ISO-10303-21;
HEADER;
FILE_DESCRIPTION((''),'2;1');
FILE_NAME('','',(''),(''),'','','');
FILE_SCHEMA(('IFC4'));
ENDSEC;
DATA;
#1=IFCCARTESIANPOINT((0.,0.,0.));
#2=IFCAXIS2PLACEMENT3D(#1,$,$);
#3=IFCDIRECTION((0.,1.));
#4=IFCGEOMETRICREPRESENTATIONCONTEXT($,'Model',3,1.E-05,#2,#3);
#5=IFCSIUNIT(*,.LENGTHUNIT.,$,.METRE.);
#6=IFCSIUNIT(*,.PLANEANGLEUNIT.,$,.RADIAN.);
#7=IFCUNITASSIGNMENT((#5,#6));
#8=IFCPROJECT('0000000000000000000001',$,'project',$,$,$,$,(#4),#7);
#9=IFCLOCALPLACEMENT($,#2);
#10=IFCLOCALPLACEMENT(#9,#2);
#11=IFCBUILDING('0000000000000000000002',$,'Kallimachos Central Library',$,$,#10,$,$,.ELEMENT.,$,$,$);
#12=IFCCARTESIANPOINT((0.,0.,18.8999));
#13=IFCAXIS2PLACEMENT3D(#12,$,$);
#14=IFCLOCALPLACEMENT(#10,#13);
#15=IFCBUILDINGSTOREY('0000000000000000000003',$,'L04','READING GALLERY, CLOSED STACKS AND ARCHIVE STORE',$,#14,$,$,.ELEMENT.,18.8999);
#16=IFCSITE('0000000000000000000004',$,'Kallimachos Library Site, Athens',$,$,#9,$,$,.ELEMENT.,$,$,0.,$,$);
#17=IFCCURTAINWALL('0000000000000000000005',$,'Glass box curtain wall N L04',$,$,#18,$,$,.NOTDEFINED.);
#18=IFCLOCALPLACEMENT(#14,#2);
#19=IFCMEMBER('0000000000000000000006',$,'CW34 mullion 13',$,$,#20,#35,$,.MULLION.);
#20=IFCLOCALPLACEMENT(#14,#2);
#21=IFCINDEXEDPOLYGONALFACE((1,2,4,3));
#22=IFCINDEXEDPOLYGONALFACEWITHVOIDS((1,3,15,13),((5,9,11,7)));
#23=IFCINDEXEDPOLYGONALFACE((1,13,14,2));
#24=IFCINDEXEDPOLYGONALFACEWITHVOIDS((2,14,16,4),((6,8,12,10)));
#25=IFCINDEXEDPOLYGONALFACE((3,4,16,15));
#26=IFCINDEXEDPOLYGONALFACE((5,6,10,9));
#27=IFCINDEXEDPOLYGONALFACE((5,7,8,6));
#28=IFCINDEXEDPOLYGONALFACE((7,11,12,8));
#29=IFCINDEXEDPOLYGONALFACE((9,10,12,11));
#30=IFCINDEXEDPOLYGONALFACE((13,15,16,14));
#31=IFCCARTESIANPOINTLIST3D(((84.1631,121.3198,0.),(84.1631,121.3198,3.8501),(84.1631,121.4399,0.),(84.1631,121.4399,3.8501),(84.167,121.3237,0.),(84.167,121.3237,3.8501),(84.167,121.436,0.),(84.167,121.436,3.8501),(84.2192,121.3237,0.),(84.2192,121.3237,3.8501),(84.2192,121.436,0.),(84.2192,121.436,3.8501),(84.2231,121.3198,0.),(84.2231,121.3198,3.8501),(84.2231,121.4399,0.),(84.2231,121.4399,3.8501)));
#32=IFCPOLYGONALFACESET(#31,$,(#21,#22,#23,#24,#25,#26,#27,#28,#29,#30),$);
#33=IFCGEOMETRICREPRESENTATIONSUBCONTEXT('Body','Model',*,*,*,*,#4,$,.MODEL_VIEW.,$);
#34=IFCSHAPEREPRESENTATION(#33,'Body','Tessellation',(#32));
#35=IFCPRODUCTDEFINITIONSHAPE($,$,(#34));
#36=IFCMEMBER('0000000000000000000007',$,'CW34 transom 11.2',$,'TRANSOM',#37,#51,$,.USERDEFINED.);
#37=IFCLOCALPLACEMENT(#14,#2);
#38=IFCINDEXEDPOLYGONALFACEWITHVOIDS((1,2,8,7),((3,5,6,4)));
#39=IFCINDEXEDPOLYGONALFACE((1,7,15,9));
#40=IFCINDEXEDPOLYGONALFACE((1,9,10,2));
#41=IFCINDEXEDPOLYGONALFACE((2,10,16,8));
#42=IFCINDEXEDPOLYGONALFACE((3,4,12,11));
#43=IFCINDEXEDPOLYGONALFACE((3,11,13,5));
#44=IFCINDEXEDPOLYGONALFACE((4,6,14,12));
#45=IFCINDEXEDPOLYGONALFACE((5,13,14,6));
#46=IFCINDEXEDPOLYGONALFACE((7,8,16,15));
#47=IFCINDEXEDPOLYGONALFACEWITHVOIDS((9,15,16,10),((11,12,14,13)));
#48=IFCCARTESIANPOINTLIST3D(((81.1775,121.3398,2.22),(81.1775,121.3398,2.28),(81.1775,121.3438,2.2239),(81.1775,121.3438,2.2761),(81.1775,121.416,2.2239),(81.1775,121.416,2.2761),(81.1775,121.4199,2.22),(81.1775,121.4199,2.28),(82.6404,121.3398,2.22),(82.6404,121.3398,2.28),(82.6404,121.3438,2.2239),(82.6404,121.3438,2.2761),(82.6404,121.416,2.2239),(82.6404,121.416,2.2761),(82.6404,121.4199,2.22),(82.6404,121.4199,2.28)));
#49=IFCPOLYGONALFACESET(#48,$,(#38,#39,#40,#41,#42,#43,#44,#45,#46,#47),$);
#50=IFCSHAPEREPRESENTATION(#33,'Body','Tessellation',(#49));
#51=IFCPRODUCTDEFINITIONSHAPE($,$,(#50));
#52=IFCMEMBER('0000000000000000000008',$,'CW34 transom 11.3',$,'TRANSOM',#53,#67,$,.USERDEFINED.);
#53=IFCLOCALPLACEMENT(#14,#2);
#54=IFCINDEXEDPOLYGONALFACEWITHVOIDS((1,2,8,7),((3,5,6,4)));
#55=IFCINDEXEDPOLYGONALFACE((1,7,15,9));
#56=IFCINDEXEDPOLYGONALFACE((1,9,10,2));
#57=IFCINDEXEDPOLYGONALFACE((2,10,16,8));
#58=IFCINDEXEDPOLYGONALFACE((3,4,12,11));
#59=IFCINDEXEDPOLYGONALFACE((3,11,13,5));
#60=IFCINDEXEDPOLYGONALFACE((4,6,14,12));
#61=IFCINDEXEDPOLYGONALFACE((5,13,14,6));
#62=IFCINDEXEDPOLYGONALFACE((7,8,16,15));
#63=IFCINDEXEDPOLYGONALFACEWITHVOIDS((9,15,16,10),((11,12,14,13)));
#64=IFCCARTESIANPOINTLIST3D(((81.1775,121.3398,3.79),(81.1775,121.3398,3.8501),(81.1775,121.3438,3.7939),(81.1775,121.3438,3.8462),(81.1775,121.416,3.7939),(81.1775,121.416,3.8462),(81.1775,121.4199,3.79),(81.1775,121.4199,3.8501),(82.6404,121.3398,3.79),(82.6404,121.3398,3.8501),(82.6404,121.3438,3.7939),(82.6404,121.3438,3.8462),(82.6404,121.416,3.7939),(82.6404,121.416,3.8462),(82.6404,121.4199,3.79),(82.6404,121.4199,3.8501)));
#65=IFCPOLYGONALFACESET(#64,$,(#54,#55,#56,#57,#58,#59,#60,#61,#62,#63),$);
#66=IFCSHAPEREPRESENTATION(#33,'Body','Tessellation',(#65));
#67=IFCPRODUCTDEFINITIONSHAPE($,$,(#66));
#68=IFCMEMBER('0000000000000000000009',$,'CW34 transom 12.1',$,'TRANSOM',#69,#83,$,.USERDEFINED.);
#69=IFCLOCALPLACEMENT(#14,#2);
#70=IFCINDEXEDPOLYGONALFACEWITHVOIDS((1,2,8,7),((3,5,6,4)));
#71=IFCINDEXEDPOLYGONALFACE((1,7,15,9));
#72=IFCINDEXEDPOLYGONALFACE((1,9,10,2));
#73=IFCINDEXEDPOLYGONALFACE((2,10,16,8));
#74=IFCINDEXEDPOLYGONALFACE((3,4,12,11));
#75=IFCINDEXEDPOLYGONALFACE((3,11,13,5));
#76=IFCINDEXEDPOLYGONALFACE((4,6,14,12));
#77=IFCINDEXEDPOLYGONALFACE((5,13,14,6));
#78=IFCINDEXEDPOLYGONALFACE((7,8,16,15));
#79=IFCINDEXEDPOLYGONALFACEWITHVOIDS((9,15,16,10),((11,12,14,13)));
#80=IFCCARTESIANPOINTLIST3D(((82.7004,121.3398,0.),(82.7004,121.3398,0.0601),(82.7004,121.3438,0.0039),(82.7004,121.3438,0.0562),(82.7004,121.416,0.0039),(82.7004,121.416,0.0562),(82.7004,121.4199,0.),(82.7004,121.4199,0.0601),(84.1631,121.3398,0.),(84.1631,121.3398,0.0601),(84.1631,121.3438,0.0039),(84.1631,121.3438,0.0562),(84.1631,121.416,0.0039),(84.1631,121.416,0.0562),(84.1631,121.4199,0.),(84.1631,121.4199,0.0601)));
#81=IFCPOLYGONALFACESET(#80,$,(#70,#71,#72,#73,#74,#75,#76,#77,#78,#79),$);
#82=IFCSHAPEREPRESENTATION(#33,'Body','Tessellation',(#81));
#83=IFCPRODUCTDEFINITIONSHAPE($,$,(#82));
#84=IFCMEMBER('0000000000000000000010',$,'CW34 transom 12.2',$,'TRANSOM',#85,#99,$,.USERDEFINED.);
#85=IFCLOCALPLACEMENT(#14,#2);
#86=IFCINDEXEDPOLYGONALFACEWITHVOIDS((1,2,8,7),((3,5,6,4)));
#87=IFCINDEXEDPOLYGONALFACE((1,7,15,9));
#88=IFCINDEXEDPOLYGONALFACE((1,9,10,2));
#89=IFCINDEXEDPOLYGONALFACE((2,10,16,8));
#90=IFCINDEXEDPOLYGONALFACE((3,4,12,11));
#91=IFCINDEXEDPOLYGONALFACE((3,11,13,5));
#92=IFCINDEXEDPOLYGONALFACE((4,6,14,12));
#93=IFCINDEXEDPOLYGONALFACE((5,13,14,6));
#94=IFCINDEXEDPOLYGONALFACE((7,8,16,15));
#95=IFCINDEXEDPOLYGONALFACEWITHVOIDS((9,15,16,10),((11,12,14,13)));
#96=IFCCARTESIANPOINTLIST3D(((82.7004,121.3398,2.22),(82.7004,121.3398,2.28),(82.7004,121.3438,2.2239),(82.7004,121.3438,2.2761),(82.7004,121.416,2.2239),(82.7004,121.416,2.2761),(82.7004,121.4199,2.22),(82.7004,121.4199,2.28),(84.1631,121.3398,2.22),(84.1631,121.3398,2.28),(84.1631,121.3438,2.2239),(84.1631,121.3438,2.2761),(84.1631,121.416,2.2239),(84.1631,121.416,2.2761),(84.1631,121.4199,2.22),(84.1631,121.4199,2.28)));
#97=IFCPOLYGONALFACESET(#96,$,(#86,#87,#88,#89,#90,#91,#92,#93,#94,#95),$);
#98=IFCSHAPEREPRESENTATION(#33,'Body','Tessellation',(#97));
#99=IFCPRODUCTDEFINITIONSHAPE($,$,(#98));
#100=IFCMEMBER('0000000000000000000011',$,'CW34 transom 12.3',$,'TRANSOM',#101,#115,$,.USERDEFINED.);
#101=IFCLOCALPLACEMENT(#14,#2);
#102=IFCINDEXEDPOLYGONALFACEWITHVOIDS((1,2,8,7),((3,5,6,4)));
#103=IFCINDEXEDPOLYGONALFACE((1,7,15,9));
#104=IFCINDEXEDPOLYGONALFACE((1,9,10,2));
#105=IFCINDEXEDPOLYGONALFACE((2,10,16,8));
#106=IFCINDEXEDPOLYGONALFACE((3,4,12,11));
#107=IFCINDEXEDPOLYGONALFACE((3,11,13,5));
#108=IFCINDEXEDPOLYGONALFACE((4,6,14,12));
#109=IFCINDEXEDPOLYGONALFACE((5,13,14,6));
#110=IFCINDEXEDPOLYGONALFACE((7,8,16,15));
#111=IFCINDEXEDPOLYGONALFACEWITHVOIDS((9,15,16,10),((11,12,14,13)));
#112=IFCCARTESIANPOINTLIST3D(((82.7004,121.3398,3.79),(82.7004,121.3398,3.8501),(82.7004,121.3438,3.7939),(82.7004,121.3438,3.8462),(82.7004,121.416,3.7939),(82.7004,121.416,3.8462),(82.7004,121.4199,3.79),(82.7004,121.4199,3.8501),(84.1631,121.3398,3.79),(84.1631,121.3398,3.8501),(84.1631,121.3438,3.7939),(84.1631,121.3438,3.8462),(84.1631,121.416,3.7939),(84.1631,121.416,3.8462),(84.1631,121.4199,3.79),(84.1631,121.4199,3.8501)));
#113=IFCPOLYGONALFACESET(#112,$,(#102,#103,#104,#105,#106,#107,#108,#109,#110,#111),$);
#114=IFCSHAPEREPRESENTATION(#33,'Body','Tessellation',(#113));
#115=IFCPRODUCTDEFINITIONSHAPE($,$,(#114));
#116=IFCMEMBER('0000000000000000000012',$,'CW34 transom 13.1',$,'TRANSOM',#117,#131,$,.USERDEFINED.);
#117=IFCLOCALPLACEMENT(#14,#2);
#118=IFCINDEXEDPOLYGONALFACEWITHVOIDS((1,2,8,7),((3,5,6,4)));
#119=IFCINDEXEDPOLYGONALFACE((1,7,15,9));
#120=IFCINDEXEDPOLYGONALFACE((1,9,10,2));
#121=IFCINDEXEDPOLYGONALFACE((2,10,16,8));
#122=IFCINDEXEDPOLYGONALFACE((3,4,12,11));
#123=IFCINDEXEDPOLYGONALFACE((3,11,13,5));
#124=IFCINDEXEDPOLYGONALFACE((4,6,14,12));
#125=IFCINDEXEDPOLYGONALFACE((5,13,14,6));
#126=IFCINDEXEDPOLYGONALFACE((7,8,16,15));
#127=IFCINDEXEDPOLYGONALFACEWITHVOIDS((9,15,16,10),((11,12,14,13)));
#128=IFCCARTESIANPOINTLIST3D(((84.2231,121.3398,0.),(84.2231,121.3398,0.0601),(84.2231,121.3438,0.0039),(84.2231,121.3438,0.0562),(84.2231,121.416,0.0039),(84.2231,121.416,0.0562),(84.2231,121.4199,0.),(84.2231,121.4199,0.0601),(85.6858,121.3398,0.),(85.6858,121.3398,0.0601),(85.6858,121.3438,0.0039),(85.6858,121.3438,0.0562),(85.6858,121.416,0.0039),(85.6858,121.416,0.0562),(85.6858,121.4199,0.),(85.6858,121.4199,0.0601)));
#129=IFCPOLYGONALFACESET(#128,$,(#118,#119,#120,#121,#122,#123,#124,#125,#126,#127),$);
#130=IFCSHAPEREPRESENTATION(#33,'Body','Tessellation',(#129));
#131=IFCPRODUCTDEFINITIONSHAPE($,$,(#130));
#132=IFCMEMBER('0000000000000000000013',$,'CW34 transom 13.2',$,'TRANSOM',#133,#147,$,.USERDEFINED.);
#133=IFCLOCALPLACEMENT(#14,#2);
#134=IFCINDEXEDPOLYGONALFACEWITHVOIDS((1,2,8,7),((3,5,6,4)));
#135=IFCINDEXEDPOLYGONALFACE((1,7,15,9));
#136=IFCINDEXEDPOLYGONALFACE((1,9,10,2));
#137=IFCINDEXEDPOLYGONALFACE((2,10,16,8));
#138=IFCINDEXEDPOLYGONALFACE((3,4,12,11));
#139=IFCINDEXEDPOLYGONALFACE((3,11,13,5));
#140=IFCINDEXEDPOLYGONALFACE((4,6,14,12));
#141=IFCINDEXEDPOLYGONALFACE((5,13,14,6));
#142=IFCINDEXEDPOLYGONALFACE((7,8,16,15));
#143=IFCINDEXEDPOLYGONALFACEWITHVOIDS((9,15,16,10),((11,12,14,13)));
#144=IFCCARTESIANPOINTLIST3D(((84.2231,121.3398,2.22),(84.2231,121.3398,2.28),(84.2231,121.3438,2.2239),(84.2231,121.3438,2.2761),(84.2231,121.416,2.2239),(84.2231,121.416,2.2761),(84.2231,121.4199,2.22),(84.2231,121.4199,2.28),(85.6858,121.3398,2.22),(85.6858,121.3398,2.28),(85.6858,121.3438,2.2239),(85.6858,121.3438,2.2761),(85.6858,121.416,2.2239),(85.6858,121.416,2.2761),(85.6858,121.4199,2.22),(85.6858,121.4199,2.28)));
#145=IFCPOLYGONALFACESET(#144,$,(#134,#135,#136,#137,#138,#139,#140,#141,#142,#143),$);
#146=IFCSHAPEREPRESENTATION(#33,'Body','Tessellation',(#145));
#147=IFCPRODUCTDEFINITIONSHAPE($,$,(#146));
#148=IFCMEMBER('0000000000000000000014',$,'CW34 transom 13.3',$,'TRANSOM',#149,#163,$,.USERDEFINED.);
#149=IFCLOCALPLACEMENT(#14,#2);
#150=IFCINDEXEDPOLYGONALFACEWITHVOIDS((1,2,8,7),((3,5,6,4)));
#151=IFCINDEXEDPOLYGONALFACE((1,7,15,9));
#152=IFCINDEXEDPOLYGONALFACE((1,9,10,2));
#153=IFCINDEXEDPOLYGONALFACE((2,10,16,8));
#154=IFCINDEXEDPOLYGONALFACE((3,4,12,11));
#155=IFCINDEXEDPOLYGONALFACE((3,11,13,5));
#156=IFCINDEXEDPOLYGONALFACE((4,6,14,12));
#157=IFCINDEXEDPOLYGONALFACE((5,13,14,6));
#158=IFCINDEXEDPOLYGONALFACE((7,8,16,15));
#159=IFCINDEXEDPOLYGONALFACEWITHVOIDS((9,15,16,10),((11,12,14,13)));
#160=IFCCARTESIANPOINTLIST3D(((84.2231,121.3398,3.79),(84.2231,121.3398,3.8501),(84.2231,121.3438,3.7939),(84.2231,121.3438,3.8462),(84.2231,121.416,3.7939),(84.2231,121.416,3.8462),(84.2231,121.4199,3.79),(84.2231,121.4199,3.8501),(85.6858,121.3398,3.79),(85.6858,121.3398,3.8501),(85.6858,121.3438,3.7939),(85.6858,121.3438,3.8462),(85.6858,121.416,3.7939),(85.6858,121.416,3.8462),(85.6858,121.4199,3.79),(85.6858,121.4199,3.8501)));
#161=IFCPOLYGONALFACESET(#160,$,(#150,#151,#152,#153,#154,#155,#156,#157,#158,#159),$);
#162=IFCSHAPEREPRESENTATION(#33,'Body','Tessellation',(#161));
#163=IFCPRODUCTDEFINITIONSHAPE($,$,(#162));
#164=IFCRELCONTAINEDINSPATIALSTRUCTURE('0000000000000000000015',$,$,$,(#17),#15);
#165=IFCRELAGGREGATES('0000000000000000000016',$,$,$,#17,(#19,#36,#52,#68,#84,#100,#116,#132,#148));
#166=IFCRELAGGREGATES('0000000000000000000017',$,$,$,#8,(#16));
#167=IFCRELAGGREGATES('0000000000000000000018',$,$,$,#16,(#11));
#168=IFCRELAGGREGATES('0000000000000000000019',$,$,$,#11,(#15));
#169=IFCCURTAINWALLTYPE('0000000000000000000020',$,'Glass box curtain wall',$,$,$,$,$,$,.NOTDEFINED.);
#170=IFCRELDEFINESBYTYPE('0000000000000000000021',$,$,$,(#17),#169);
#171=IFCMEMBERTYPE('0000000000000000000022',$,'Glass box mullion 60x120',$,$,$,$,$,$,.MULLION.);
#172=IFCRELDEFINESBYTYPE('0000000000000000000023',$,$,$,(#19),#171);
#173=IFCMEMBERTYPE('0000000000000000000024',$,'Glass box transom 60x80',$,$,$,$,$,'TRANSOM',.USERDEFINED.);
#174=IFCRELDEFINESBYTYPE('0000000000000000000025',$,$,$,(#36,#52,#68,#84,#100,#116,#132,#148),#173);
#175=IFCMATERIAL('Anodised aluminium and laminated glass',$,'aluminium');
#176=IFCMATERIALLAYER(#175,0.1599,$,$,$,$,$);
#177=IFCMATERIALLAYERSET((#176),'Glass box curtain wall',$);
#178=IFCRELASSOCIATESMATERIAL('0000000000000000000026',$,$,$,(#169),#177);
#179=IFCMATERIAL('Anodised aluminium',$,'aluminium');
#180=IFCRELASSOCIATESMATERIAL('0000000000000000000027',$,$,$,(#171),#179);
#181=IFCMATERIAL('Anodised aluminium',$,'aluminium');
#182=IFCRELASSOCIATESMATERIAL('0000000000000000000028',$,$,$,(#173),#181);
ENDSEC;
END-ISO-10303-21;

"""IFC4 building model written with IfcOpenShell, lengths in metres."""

from ifc_helpers import new_model, si_unit, direction, frame, origin, origin_2d, place, context, subcontext, project, spatial, hollow_rectangle, extrude, material, layer, layer_set, material_profile, profile_set, type_object, element, aggregate, save


model = new_model("IFC4")

# Units and contexts
model_context = context("Model", 3, precision=1e-05, world=origin(), true_north=direction((0.0, 1.0)))
body_context = subcontext(model_context, "Body", "Model", "MODEL_VIEW")
ifc_project = project(units=[si_unit("LENGTHUNIT", "METRE"), si_unit("PLANEANGLEUNIT", "RADIAN")], contexts=[model_context])

# Site, building, storey
site_placement = place(None, origin())
site = spatial("IfcSite", under=ifc_project, at=site_placement, Name="Kallimachos Library Site, Athens", CompositionType="ELEMENT", RefElevation=0.0)
building_placement = place(site_placement, origin())
building = spatial("IfcBuilding", under=site, at=building_placement, Name="Kallimachos Central Library", CompositionType="ELEMENT")
storey_placement = place(building_placement, frame((0.0, 0.0, 18.8999)))
storey = spatial("IfcBuildingStorey", under=building, at=storey_placement, Name="L04", Description="READING GALLERY, CLOSED STACKS AND ARCHIVE STORE", CompositionType="ELEMENT", Elevation=18.8999)

# Curtain wall, members
ifc_material_1 = material(Name="Anodised aluminium and laminated glass", Category="aluminium")
ifc_layer_1 = layer(ifc_material_1, 0.1599)
ifc_layer_set_1 = layer_set([ifc_layer_1], Name="Glass box curtain wall")
curtain_wall_type = type_object("IfcCurtainWallType", Name="Glass box curtain wall", PredefinedType="NOTDEFINED", material=ifc_layer_set_1)
curtain_wall_placement = place(storey_placement, origin())
curtain_wall = element("IfcCurtainWall", 1, at=curtain_wall_placement, inside=storey, type_object=curtain_wall_type, Name="Glass box curtain wall N L04", PredefinedType="NOTDEFINED")
ifc_material_2 = material(Name="Anodised aluminium", Category="aluminium")
ifc_material_profile_1 = material_profile(ifc_material_2, hollow_rectangle(XDim=0.0601, YDim=0.1201, WallThickness=0.0039, at=origin_2d()), Name="ALU MULLION 60x120")
ifc_profile_set_1 = profile_set([ifc_material_profile_1], Name="Anodised aluminium")
member_type_1 = type_object("IfcMemberType", Name="Glass box mullion 60x120", PredefinedType="MULLION", material=ifc_profile_set_1)
member_1_placement = place(storey_placement, frame((84.1931, 121.3799, 0.0), z_axis=(0.0, 0.0, 1.0), x_axis=(1.0, 0.0, 0.0)))
member_1 = element("IfcMember", 2, at=member_1_placement, type_object=member_type_1, Name="CW34 mullion 13", PredefinedType="MULLION", context=body_context, shape_type="SweptSolid", body=[
    extrude(hollow_rectangle(XDim=0.0601, YDim=0.1201, WallThickness=0.0039, at=origin_2d()), origin(), (0.0, 0.0, 1.0), 3.8501),
])
ifc_material_3 = material(Name="Anodised aluminium", Category="aluminium")
ifc_material_profile_2 = material_profile(ifc_material_3, hollow_rectangle(XDim=0.0601, YDim=0.0801, WallThickness=0.0039, at=origin_2d()), Name="ALU TRANSOM 60x80")
ifc_profile_set_2 = profile_set([ifc_material_profile_2], Name="Anodised aluminium")
member_type_2 = type_object("IfcMemberType", Name="Glass box transom 60x80", ElementType="TRANSOM", PredefinedType="USERDEFINED", material=ifc_profile_set_2)
member_2_placement = place(storey_placement, frame((81.1775, 121.3799, 2.25), z_axis=(1.0, 0.0, 0.0), x_axis=(0.0, 0.0, 1.0)))
member_2 = element("IfcMember", 3, at=member_2_placement, type_object=member_type_2, Name="CW34 transom 11.2", ObjectType="TRANSOM", PredefinedType="USERDEFINED", context=body_context, shape_type="SweptSolid", body=[
    extrude(hollow_rectangle(XDim=0.0601, YDim=0.0801, WallThickness=0.0039, at=origin_2d()), origin(), (0.0, 0.0, 1.0), 1.4629),
])
member_3_placement = place(storey_placement, frame((81.1775, 121.3799, 3.8201), z_axis=(1.0, 0.0, 0.0), x_axis=(0.0, 0.0, 1.0)))
member_3 = element("IfcMember", 4, at=member_3_placement, type_object=member_type_2, Name="CW34 transom 11.3", ObjectType="TRANSOM", PredefinedType="USERDEFINED", context=body_context, shape_type="SweptSolid", body=[
    extrude(hollow_rectangle(XDim=0.0601, YDim=0.0801, WallThickness=0.0039, at=origin_2d()), origin(), (0.0, 0.0, 1.0), 1.4629),
])
member_4_placement = place(storey_placement, frame((82.7004, 121.3799, 0.03), z_axis=(1.0, 0.0, 0.0), x_axis=(0.0, 0.0, 1.0)))
member_4 = element("IfcMember", 5, at=member_4_placement, type_object=member_type_2, Name="CW34 transom 12.1", ObjectType="TRANSOM", PredefinedType="USERDEFINED", context=body_context, shape_type="SweptSolid", body=[
    extrude(hollow_rectangle(XDim=0.0601, YDim=0.0801, WallThickness=0.0039, at=origin_2d()), origin(), (0.0, 0.0, 1.0), 1.4626),
])
member_5_placement = place(storey_placement, frame((82.7004, 121.3799, 2.25), z_axis=(1.0, 0.0, 0.0), x_axis=(0.0, 0.0, 1.0)))
member_5 = element("IfcMember", 6, at=member_5_placement, type_object=member_type_2, Name="CW34 transom 12.2", ObjectType="TRANSOM", PredefinedType="USERDEFINED", context=body_context, shape_type="SweptSolid", body=[
    extrude(hollow_rectangle(XDim=0.0601, YDim=0.0801, WallThickness=0.0039, at=origin_2d()), origin(), (0.0, 0.0, 1.0), 1.4626),
])
member_6_placement = place(storey_placement, frame((82.7004, 121.3799, 3.8201), z_axis=(1.0, 0.0, 0.0), x_axis=(0.0, 0.0, 1.0)))
member_6 = element("IfcMember", 7, at=member_6_placement, type_object=member_type_2, Name="CW34 transom 12.3", ObjectType="TRANSOM", PredefinedType="USERDEFINED", context=body_context, shape_type="SweptSolid", body=[
    extrude(hollow_rectangle(XDim=0.0601, YDim=0.0801, WallThickness=0.0039, at=origin_2d()), origin(), (0.0, 0.0, 1.0), 1.4626),
])
member_7_placement = place(storey_placement, frame((84.2231, 121.3799, 0.03), z_axis=(1.0, 0.0, 0.0), x_axis=(0.0, 0.0, 1.0)))
member_7 = element("IfcMember", 8, at=member_7_placement, type_object=member_type_2, Name="CW34 transom 13.1", ObjectType="TRANSOM", PredefinedType="USERDEFINED", context=body_context, shape_type="SweptSolid", body=[
    extrude(hollow_rectangle(XDim=0.0601, YDim=0.0801, WallThickness=0.0039, at=origin_2d()), origin(), (0.0, 0.0, 1.0), 1.4626),
])
member_8_placement = place(storey_placement, frame((84.2231, 121.3799, 2.25), z_axis=(1.0, 0.0, 0.0), x_axis=(0.0, 0.0, 1.0)))
member_8 = element("IfcMember", 9, at=member_8_placement, type_object=member_type_2, Name="CW34 transom 13.2", ObjectType="TRANSOM", PredefinedType="USERDEFINED", context=body_context, shape_type="SweptSolid", body=[
    extrude(hollow_rectangle(XDim=0.0601, YDim=0.0801, WallThickness=0.0039, at=origin_2d()), origin(), (0.0, 0.0, 1.0), 1.4626),
])
member_9_placement = place(storey_placement, frame((84.2231, 121.3799, 3.8201), z_axis=(1.0, 0.0, 0.0), x_axis=(0.0, 0.0, 1.0)))
member_9 = element("IfcMember", 10, at=member_9_placement, type_object=member_type_2, Name="CW34 transom 13.3", ObjectType="TRANSOM", PredefinedType="USERDEFINED", context=body_context, shape_type="SweptSolid", body=[
    extrude(hollow_rectangle(XDim=0.0601, YDim=0.0801, WallThickness=0.0039, at=origin_2d()), origin(), (0.0, 0.0, 1.0), 1.4626),
])

aggregate(curtain_wall, [member_1, member_2, member_3, member_4, member_5, member_6, member_7, member_8, member_9])

save(model, "model.ifc")
